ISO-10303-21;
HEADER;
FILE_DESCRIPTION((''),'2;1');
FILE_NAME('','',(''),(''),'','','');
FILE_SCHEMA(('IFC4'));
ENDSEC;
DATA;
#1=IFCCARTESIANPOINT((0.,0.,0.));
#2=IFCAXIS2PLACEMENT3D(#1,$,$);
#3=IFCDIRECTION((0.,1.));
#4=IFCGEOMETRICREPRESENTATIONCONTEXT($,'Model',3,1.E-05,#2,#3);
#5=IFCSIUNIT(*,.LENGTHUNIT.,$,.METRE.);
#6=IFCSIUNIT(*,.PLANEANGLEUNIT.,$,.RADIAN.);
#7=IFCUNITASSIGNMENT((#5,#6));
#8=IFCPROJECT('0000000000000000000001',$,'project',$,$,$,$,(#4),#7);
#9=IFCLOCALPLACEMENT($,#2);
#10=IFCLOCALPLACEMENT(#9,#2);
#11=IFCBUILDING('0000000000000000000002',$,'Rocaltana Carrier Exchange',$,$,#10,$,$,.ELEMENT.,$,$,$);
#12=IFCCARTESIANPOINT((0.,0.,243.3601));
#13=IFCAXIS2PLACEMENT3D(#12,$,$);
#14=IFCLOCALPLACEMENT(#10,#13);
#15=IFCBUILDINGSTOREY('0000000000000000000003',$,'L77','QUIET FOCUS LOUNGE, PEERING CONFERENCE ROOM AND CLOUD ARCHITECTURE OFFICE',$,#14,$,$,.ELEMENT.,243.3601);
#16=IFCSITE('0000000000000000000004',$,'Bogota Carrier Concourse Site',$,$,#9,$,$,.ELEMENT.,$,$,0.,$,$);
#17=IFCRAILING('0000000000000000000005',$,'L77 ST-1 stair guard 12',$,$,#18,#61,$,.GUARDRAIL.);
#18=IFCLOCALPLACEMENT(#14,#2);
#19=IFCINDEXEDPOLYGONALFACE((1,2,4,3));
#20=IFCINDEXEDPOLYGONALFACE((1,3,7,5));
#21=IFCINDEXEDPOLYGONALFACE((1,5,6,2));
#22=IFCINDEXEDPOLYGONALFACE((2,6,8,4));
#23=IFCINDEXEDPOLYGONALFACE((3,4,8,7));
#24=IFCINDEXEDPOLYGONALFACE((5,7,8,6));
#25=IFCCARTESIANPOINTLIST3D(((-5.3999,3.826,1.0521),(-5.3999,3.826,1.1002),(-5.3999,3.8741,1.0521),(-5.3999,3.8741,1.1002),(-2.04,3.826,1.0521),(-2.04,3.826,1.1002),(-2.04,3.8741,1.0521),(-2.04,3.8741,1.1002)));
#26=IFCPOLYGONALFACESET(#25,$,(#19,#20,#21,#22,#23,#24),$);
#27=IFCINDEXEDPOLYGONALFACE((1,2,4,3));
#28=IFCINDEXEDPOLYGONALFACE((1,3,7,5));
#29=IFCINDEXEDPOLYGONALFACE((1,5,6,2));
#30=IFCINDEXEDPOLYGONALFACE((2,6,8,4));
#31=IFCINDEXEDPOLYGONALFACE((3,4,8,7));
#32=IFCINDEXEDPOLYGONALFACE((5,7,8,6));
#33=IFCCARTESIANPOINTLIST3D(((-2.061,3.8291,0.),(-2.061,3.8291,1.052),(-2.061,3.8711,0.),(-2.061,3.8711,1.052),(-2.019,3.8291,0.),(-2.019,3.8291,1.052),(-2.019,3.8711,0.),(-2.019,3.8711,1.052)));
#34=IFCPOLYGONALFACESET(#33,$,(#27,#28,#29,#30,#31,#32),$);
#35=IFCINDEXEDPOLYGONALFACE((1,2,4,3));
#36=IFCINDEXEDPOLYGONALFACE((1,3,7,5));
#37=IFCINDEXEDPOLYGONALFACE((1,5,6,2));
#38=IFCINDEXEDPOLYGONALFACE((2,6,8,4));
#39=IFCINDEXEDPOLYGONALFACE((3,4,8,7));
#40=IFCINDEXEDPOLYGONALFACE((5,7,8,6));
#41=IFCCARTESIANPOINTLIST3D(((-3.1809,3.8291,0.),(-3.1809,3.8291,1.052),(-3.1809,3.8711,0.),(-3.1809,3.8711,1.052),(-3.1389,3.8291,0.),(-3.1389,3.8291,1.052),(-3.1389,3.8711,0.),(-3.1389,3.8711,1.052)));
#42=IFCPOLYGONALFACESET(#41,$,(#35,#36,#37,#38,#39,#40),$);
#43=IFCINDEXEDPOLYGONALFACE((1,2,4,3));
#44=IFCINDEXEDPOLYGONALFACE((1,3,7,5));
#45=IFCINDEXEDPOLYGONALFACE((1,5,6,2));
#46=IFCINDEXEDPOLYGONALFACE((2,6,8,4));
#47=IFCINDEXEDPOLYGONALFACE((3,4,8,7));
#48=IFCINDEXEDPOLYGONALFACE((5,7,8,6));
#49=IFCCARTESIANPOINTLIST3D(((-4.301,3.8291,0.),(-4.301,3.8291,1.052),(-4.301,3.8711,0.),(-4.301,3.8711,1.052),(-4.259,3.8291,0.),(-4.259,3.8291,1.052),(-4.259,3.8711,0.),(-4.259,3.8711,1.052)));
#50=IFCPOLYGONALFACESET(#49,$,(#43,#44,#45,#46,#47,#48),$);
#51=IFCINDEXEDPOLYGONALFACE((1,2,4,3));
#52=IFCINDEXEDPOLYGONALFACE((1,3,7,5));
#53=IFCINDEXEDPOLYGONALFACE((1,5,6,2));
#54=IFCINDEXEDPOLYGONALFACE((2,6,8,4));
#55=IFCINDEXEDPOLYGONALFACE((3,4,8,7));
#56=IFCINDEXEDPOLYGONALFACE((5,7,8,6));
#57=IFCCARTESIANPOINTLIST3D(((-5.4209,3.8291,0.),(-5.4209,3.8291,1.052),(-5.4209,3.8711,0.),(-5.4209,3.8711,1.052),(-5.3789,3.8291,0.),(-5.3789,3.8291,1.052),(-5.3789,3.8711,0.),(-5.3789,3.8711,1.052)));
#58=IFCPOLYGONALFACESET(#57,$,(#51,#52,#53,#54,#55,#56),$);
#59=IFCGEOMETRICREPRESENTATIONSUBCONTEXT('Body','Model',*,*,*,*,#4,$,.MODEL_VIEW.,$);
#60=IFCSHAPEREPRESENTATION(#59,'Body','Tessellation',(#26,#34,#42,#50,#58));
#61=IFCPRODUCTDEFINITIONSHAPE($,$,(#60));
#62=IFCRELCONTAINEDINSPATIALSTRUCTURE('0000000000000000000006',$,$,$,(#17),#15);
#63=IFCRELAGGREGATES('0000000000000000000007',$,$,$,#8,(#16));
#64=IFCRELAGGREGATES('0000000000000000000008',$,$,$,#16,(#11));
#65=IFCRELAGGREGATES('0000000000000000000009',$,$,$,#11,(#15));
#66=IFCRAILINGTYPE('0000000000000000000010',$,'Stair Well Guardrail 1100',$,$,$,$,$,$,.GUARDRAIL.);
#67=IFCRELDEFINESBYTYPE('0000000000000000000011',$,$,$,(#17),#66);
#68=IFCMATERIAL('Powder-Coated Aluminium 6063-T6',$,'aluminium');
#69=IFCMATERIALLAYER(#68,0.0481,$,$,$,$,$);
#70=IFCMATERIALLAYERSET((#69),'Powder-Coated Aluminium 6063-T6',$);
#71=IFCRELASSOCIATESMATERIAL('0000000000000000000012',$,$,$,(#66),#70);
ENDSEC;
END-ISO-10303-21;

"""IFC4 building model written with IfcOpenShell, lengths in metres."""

from ifc_helpers import new_model, si_unit, direction, frame, origin, origin_2d, place, context, subcontext, project, spatial, rectangle, extrude, material, layer, layer_set, type_object, element, save


model = new_model("IFC4")

# Units and contexts
model_context = context("Model", 3, precision=1e-05, world=origin(), true_north=direction((0.0, 1.0)))
body_context = subcontext(model_context, "Body", "Model", "MODEL_VIEW")
ifc_project = project(units=[si_unit("LENGTHUNIT", "METRE"), si_unit("PLANEANGLEUNIT", "RADIAN")], contexts=[model_context])

# Site, building, storey
site_placement = place(None, origin())
site = spatial("IfcSite", under=ifc_project, at=site_placement, Name="Bogota Carrier Concourse Site", CompositionType="ELEMENT", RefElevation=0.0)
building_placement = place(site_placement, origin())
building = spatial("IfcBuilding", under=site, at=building_placement, Name="Rocaltana Carrier Exchange", CompositionType="ELEMENT")
storey_placement = place(building_placement, frame((0.0, 0.0, 243.3601)))
storey = spatial("IfcBuildingStorey", under=building, at=storey_placement, Name="L77", Description="QUIET FOCUS LOUNGE, PEERING CONFERENCE ROOM AND CLOUD ARCHITECTURE OFFICE", CompositionType="ELEMENT", Elevation=243.3601)

# Railing
ifc_material_1 = material(Name="Powder-Coated Aluminium 6063-T6", Category="aluminium")
ifc_layer_1 = layer(ifc_material_1, 0.0481)
ifc_layer_set_1 = layer_set([ifc_layer_1], Name="Powder-Coated Aluminium 6063-T6")
railing_type_1 = type_object("IfcRailingType", Name="Stair Well Guardrail 1100", PredefinedType="GUARDRAIL", material=ifc_layer_set_1)
railing_1_placement = place(storey_placement, frame((-2.04, 3.8501, 0.0)))
element("IfcRailing", 1, at=railing_1_placement, inside=storey, type_object=railing_type_1, Name="L77 ST-1 stair guard 12", PredefinedType="GUARDRAIL", context=body_context, shape_type="SweptSolid", body=[
    extrude(rectangle(XDim=0.0481, YDim=0.0481, at=origin_2d()), frame((0.0, 0.0, 1.0762), z_axis=(-1.0, 0.0, 0.0), x_axis=(0.0, -1.0, 0.0)), (0.0, 0.0, 1.0), 3.3599),
    extrude(rectangle(XDim=0.042, YDim=0.042, at=origin_2d()), origin(), (0.0, 0.0, 1.0), 1.052),
    extrude(rectangle(XDim=0.042, YDim=0.042, at=origin_2d()), frame((-1.1199, 0.0, 0.0)), (0.0, 0.0, 1.0), 1.052),
    extrude(rectangle(XDim=0.042, YDim=0.042, at=origin_2d()), frame((-2.24, 0.0, 0.0)), (0.0, 0.0, 1.0), 1.052),
    extrude(rectangle(XDim=0.042, YDim=0.042, at=origin_2d()), frame((-3.3599, 0.0, 0.0)), (0.0, 0.0, 1.0), 1.052),
])

save(model, "model.ifc")
